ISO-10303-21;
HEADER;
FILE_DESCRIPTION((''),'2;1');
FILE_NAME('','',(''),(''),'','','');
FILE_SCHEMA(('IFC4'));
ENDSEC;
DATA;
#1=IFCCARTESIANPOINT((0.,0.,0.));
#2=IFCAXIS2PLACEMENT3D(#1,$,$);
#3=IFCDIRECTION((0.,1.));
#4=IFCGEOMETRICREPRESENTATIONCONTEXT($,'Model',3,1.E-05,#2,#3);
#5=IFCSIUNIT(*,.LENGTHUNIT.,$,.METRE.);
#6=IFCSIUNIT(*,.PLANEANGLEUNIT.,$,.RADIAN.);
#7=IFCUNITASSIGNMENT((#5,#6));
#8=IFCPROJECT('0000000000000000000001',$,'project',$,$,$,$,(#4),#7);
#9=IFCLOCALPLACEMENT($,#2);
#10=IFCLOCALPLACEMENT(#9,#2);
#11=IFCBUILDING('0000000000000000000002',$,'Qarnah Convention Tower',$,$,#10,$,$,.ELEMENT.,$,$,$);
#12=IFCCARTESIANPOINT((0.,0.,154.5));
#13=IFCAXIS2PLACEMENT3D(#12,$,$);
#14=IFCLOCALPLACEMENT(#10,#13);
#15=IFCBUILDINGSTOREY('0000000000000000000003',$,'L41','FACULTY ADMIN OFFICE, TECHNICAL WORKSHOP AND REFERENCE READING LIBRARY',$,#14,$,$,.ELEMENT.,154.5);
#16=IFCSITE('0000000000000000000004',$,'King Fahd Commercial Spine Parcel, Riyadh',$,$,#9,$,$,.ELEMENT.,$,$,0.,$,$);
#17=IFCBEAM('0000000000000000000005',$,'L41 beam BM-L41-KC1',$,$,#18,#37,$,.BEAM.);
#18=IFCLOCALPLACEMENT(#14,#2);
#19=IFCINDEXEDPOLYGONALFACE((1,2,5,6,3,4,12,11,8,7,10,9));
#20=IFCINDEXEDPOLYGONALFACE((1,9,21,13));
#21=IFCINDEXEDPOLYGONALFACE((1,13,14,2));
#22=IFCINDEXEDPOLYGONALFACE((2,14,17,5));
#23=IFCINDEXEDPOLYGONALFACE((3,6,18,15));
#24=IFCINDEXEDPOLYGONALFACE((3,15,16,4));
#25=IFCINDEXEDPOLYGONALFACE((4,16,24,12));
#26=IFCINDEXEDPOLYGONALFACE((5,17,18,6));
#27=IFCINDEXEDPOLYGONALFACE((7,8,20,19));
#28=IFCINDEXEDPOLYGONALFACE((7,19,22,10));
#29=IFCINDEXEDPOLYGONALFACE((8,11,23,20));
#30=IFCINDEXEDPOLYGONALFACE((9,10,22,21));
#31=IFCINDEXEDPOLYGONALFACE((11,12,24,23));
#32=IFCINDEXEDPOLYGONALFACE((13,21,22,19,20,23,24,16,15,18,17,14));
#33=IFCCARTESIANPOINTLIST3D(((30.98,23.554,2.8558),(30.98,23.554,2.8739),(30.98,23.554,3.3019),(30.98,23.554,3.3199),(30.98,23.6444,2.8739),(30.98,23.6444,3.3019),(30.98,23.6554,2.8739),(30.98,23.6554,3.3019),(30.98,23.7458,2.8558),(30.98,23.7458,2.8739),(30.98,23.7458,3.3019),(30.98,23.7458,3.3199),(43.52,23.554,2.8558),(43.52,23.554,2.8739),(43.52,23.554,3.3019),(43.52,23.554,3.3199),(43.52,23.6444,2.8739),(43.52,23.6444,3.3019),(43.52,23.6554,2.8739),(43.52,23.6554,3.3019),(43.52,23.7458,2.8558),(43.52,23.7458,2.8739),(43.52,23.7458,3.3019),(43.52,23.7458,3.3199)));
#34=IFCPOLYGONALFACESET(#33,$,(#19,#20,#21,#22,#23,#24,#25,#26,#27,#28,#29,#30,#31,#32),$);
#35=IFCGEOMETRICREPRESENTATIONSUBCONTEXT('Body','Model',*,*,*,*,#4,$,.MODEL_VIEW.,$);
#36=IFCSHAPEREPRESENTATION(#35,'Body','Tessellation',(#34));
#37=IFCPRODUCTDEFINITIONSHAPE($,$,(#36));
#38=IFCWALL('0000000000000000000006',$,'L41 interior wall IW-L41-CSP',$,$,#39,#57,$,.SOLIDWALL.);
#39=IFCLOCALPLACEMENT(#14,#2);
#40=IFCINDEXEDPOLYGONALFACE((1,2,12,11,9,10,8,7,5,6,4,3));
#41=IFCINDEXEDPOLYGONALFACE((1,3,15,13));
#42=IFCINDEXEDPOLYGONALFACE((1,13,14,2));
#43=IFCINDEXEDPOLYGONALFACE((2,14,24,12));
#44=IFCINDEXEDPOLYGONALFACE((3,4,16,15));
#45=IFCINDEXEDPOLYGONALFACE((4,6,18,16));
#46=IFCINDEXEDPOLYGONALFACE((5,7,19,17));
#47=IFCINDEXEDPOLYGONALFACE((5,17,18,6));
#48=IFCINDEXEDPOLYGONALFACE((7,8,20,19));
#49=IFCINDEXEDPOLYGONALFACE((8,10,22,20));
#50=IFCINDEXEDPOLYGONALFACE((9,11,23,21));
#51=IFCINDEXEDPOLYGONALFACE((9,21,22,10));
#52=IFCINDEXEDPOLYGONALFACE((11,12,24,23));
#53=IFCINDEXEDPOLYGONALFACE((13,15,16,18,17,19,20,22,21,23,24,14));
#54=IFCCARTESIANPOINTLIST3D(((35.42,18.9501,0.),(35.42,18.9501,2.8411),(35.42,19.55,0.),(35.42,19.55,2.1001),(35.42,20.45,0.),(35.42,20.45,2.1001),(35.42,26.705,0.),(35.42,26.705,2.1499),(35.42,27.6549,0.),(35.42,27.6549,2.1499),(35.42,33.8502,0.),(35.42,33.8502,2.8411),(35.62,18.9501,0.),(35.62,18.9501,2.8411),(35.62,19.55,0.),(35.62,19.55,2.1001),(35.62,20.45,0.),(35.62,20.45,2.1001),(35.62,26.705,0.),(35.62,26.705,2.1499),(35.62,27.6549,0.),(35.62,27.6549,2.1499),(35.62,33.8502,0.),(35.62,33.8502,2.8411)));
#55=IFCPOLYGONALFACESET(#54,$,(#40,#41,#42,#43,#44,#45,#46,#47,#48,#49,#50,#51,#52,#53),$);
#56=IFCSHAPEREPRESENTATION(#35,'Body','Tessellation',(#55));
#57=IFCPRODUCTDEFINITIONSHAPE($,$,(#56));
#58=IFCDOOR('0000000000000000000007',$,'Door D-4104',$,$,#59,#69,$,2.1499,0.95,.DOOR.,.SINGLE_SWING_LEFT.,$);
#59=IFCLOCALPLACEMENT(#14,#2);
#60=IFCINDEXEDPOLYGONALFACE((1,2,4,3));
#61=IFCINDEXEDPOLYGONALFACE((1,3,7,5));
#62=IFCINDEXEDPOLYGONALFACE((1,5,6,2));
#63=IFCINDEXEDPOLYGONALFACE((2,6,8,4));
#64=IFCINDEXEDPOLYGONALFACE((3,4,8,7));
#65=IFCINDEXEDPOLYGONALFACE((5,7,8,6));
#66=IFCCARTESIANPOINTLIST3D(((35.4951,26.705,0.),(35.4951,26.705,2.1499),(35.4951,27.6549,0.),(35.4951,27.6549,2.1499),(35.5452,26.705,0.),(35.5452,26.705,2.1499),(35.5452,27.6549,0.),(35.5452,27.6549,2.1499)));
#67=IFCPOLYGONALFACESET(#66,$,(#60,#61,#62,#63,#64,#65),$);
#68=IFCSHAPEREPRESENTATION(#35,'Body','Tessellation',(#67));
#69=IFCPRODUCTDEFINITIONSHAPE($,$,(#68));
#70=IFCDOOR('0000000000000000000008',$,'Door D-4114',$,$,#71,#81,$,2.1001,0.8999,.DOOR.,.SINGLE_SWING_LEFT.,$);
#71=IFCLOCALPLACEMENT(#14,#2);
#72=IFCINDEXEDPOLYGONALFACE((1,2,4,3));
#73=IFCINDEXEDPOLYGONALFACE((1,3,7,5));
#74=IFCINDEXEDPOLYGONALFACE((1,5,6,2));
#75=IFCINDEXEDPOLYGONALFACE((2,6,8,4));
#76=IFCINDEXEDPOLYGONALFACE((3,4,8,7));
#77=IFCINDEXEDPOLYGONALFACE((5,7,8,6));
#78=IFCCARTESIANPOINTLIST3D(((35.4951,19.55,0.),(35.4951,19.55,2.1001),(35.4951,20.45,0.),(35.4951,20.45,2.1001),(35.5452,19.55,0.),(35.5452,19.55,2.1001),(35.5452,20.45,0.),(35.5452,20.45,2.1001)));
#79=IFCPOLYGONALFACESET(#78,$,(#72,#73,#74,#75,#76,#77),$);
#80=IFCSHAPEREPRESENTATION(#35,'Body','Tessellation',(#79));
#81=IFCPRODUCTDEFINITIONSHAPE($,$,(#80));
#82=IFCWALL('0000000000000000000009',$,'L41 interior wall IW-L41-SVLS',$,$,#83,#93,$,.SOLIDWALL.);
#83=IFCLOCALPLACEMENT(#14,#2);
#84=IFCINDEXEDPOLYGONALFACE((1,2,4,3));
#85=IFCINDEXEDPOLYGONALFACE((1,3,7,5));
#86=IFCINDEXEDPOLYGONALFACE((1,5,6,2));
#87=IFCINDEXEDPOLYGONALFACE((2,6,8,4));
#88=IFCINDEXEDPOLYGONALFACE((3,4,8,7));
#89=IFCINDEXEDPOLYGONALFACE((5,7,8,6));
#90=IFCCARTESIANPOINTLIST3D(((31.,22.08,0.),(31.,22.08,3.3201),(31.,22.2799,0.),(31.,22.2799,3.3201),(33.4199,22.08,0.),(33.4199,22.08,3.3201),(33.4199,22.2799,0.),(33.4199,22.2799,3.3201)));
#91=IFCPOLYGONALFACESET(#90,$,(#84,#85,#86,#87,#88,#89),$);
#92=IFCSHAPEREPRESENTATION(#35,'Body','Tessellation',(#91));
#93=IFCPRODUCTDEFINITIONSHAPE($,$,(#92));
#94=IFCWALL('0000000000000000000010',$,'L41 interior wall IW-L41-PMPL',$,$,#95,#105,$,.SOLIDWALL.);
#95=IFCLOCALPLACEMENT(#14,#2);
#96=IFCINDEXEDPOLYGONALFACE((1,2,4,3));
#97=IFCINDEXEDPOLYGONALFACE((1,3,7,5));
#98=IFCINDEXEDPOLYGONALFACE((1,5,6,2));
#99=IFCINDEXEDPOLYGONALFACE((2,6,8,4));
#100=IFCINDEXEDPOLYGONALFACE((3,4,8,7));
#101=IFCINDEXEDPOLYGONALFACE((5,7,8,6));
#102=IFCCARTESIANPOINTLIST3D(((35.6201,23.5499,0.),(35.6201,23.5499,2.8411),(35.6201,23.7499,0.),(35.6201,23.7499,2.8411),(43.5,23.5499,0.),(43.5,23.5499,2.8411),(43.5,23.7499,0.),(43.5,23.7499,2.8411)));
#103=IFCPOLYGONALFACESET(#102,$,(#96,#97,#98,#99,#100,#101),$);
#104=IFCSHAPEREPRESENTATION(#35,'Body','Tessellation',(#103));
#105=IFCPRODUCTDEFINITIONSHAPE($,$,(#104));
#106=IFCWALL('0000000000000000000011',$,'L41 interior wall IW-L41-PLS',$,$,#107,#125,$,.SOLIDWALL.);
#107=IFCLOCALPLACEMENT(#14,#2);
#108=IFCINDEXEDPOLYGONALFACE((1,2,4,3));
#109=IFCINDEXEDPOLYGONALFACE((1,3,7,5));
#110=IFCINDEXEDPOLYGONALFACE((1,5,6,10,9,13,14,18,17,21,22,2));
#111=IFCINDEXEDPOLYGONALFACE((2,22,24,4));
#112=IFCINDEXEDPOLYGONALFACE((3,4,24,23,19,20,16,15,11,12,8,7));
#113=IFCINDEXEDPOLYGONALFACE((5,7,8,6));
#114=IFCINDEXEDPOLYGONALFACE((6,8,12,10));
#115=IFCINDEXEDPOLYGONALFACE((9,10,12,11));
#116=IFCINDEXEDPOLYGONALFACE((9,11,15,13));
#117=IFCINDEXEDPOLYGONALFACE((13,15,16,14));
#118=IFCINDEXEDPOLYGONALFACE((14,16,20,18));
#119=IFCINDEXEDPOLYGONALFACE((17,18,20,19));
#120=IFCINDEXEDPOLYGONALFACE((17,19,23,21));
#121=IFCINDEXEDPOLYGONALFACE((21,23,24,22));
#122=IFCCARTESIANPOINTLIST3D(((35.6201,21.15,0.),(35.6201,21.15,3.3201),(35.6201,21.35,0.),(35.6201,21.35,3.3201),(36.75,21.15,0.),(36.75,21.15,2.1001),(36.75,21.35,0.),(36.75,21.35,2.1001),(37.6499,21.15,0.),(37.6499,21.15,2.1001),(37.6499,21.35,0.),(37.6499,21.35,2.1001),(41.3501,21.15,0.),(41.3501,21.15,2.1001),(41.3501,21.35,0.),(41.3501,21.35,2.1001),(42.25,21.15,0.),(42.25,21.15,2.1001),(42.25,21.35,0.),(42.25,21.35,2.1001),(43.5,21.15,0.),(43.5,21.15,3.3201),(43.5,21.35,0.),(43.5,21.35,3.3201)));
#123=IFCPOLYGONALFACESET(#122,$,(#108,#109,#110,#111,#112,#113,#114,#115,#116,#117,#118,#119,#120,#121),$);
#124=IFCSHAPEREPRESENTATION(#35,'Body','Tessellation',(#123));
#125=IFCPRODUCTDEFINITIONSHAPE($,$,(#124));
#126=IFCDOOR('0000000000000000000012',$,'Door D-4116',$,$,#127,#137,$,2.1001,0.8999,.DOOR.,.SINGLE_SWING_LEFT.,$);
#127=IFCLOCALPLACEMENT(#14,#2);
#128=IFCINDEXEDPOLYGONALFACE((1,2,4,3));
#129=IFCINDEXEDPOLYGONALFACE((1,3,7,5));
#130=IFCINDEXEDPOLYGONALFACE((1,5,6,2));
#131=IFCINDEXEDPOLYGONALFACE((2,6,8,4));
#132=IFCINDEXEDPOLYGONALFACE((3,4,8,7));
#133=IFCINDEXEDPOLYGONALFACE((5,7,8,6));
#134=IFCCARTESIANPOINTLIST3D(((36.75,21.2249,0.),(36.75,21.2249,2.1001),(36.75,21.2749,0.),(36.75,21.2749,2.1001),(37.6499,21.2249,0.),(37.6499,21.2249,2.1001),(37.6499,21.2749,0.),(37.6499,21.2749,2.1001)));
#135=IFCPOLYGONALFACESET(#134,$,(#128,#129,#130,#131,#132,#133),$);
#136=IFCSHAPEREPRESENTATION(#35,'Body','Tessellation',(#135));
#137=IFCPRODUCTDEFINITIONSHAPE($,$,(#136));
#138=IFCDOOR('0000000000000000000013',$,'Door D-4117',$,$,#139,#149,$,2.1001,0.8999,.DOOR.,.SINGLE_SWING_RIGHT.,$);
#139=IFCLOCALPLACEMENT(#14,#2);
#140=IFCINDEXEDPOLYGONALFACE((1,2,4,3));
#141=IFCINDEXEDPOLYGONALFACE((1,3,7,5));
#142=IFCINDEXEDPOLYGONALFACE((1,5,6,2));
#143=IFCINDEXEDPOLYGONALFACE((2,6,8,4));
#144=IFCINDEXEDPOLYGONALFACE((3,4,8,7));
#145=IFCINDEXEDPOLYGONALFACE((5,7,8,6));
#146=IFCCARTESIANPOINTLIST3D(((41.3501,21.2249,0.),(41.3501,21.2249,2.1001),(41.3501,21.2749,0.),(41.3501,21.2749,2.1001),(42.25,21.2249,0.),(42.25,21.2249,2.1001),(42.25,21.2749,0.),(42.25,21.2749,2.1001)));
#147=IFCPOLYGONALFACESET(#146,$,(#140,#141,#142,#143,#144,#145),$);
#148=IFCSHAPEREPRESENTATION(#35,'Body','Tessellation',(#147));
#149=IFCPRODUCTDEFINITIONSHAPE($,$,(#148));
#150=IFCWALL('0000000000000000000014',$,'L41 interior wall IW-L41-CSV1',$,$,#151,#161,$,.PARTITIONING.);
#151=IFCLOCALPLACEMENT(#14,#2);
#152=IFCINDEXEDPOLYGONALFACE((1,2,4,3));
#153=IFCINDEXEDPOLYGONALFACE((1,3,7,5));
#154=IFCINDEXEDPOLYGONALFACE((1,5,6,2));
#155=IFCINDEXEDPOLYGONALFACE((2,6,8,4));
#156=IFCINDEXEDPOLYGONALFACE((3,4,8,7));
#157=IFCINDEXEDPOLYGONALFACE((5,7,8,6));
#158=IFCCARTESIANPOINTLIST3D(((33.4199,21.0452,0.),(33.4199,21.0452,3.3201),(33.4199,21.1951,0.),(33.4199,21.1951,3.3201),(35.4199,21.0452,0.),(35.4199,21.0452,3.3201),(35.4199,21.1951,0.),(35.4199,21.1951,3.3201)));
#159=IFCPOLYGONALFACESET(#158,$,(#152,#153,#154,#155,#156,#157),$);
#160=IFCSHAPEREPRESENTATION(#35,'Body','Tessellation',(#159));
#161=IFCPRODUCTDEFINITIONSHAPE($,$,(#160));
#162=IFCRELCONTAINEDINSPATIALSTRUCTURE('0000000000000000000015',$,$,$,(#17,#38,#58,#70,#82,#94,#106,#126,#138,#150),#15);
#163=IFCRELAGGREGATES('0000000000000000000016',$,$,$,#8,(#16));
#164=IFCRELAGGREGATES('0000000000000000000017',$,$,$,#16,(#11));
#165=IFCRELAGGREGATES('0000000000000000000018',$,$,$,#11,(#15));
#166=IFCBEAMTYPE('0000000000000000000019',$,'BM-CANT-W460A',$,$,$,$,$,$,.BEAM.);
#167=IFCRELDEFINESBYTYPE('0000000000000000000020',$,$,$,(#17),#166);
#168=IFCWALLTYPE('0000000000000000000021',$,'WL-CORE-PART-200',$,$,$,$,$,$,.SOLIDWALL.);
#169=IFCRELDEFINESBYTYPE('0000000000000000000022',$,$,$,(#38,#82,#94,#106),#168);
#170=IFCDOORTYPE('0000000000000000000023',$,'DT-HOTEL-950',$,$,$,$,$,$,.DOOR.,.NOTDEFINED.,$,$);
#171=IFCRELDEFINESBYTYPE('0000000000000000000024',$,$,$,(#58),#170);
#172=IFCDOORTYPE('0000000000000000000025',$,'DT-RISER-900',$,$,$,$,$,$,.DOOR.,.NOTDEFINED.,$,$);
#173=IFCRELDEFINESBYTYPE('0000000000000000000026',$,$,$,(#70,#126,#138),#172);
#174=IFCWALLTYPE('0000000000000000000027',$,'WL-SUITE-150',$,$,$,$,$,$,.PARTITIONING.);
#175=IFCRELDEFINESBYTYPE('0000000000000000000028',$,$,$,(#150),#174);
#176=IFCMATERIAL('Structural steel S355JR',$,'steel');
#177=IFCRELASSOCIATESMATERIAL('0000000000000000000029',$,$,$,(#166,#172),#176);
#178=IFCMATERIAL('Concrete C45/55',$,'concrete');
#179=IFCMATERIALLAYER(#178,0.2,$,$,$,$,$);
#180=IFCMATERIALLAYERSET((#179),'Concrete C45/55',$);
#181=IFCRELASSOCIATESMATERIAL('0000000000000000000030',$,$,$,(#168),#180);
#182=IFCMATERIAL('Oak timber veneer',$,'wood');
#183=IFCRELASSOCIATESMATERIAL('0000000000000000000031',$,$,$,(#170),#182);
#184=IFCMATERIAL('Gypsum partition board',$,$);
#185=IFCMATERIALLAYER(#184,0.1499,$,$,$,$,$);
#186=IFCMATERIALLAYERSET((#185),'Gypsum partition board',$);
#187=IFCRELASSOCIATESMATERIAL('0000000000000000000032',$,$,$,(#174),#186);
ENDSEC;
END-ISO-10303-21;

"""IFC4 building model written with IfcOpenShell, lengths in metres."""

from ifc_helpers import new_model, si_unit, direction, frame, frame_2d, origin, origin_2d, place, context, subcontext, project, spatial, rectangle, i_section, extrude, material, layer, layer_set, material_profile, profile_set, type_object, element, fill, save


model = new_model("IFC4")

# Units and contexts
model_context = context("Model", 3, precision=1e-05, world=origin(), true_north=direction((0.0, 1.0)))
body_context = subcontext(model_context, "Body", "Model", "MODEL_VIEW")
ifc_project = project(units=[si_unit("LENGTHUNIT", "METRE"), si_unit("PLANEANGLEUNIT", "RADIAN")], contexts=[model_context])

# Site, building, storey
site_placement = place(None, origin())
site = spatial("IfcSite", under=ifc_project, at=site_placement, Name="King Fahd Commercial Spine Parcel, Riyadh", CompositionType="ELEMENT", RefElevation=0.0)
building_placement = place(site_placement, origin())
building = spatial("IfcBuilding", under=site, at=building_placement, Name="Qarnah Convention Tower", CompositionType="ELEMENT")
storey_placement = place(building_placement, frame((0.0, 0.0, 154.5)))
storey = spatial("IfcBuildingStorey", under=building, at=storey_placement, Name="L41", Description="FACULTY ADMIN OFFICE, TECHNICAL WORKSHOP AND REFERENCE READING LIBRARY", CompositionType="ELEMENT", Elevation=154.5)

# Beam
ifc_material_1 = material(Name="Structural steel S355JR", Category="steel")
ifc_material_profile = material_profile(ifc_material_1, i_section(OverallWidth=0.1919, OverallDepth=0.4641, WebThickness=0.011, FlangeThickness=0.0181, at=origin_2d()), Name="W460X89")
ifc_profile_set = profile_set([ifc_material_profile], Name="Structural steel S355JR")
beam_type = type_object("IfcBeamType", Name="BM-CANT-W460A", PredefinedType="BEAM", material=ifc_profile_set)
beam_placement = place(storey_placement, frame((30.98, 23.6499, 3.0879), z_axis=(1.0, 0.0, 0.0), x_axis=(0.0, 1.0, 0.0)))
element("IfcBeam", 1, at=beam_placement, inside=storey, type_object=beam_type, Name="L41 beam BM-L41-KC1", PredefinedType="BEAM", context=body_context, shape_type="SweptSolid", body=[
    extrude(i_section(OverallWidth=0.1919, OverallDepth=0.4641, WebThickness=0.011, FlangeThickness=0.0181, at=origin_2d()), origin(), (0.0, 0.0, 1.0), 12.54),
])

# Wall, openings, doors
ifc_material_2 = material(Name="Concrete C45/55", Category="concrete")
ifc_layer_1 = layer(ifc_material_2, 0.2)
ifc_layer_set_1 = layer_set([ifc_layer_1], Name="Concrete C45/55")
wall_type_1 = type_object("IfcWallType", Name="WL-CORE-PART-200", PredefinedType="SOLIDWALL", material=ifc_layer_set_1)
wall_1_placement = place(storey_placement, frame((35.52, 18.95, 0.0), z_axis=(0.0, 0.0, 1.0), x_axis=(0.0, 1.0, 0.0)))
wall_1 = element("IfcWall", 2, at=wall_1_placement, inside=storey, type_object=wall_type_1, Name="L41 interior wall IW-L41-CSP", PredefinedType="SOLIDWALL", context=body_context, shape_type="SweptSolid", body=[
    extrude(rectangle(XDim=14.9001, YDim=0.2, at=frame_2d((7.4502, 0.0))), origin(), (0.0, 0.0, 1.0), 2.8411),
])
opening_1_placement = place(wall_1_placement, frame((7.7549, 0.0, 0.0)))
opening_1 = element("IfcOpeningElement", 3, at=opening_1_placement, cuts=wall_1, PredefinedType="OPENING", context=body_context, shape_type="SweptSolid", body=[
    extrude(rectangle(XDim=0.95, YDim=2.1499, at=frame_2d((0.4751, 1.075))), frame((0.0, 0.1099, 0.0), z_axis=(0.0, -1.0, 0.0), x_axis=(1.0, 0.0, 0.0)), (0.0, 0.0, 1.0), 0.22),
])
opening_2_placement = place(wall_1_placement, frame((0.6001, 0.0, 0.0)))
opening_2 = element("IfcOpeningElement", 4, at=opening_2_placement, cuts=wall_1, PredefinedType="OPENING", context=body_context, shape_type="SweptSolid", body=[
    extrude(rectangle(XDim=0.8999, YDim=2.1001, at=frame_2d((0.45, 1.05))), frame((0.0, 0.1099, 0.0), z_axis=(0.0, -1.0, 0.0), x_axis=(1.0, 0.0, 0.0)), (0.0, 0.0, 1.0), 0.22),
])
ifc_material_3 = material(Name="Oak timber veneer", Category="wood")
door_type_1 = type_object("IfcDoorType", Name="DT-HOTEL-950", OperationType="NOTDEFINED", PredefinedType="DOOR", material=ifc_material_3)
door_1_placement = place(opening_1_placement, origin())
door_1 = element("IfcDoor", 5, at=door_1_placement, inside=storey, type_object=door_type_1, Name="Door D-4104", OperationType="SINGLE_SWING_LEFT", OverallHeight=2.1499, OverallWidth=0.95, PredefinedType="DOOR", context=body_context, shape_type="SweptSolid", body=[
    extrude(rectangle(XDim=0.95, YDim=2.1499, at=frame_2d((0.4751, 1.075))), frame((0.0, 0.0249, 0.0), z_axis=(0.0, -1.0, 0.0), x_axis=(1.0, 0.0, 0.0)), (0.0, 0.0, 1.0), 0.05),
])
fill(opening_1, door_1)
door_type_2 = type_object("IfcDoorType", Name="DT-RISER-900", OperationType="NOTDEFINED", PredefinedType="DOOR", material=ifc_material_1)
door_2_placement = place(opening_2_placement, origin())
door_2 = element("IfcDoor", 6, at=door_2_placement, inside=storey, type_object=door_type_2, Name="Door D-4114", OperationType="SINGLE_SWING_LEFT", OverallHeight=2.1001, OverallWidth=0.8999, PredefinedType="DOOR", context=body_context, shape_type="SweptSolid", body=[
    extrude(rectangle(XDim=0.8999, YDim=2.1001, at=frame_2d((0.45, 1.05))), frame((0.0, 0.0249, 0.0), z_axis=(0.0, -1.0, 0.0), x_axis=(1.0, 0.0, 0.0)), (0.0, 0.0, 1.0), 0.05),
])
fill(opening_2, door_2)

# Walls
wall_2_placement = place(storey_placement, frame((31.0, 22.1799, 0.0), z_axis=(0.0, 0.0, 1.0), x_axis=(1.0, 0.0, 0.0)))
element("IfcWall", 7, at=wall_2_placement, inside=storey, type_object=wall_type_1, Name="L41 interior wall IW-L41-SVLS", PredefinedType="SOLIDWALL", context=body_context, shape_type="SweptSolid", body=[
    extrude(rectangle(XDim=2.4199, YDim=0.2, at=frame_2d((1.21, 0.0))), origin(), (0.0, 0.0, 1.0), 3.3201),
])
wall_3_placement = place(storey_placement, frame((35.6201, 23.6499, 0.0), z_axis=(0.0, 0.0, 1.0), x_axis=(1.0, 0.0, 0.0)))
element("IfcWall", 8, at=wall_3_placement, inside=storey, type_object=wall_type_1, Name="L41 interior wall IW-L41-PMPL", PredefinedType="SOLIDWALL", context=body_context, shape_type="SweptSolid", body=[
    extrude(rectangle(XDim=7.8799, YDim=0.2, at=frame_2d((3.9399, 0.0))), origin(), (0.0, 0.0, 1.0), 2.8411),
])

# Wall, openings, doors
wall_4_placement = place(storey_placement, frame((35.6201, 21.25, 0.0), z_axis=(0.0, 0.0, 1.0), x_axis=(1.0, 0.0, 0.0)))
wall_4 = element("IfcWall", 9, at=wall_4_placement, inside=storey, type_object=wall_type_1, Name="L41 interior wall IW-L41-PLS", PredefinedType="SOLIDWALL", context=body_context, shape_type="SweptSolid", body=[
    extrude(rectangle(XDim=7.8799, YDim=0.2, at=frame_2d((3.9399, 0.0))), origin(), (0.0, 0.0, 1.0), 3.3201),
])
opening_3_placement = place(wall_4_placement, frame((1.1299, 0.0, 0.0)))
opening_3 = element("IfcOpeningElement", 10, at=opening_3_placement, cuts=wall_4, PredefinedType="OPENING", context=body_context, shape_type="SweptSolid", body=[
    extrude(rectangle(XDim=0.8999, YDim=2.1001, at=frame_2d((0.45, 1.05))), frame((0.0, 0.1099, 0.0), z_axis=(0.0, -1.0, 0.0), x_axis=(1.0, 0.0, 0.0)), (0.0, 0.0, 1.0), 0.22),
])
opening_4_placement = place(wall_4_placement, frame((5.73, 0.0, 0.0)))
opening_4 = element("IfcOpeningElement", 11, at=opening_4_placement, cuts=wall_4, PredefinedType="OPENING", context=body_context, shape_type="SweptSolid", body=[
    extrude(rectangle(XDim=0.8999, YDim=2.1001, at=frame_2d((0.45, 1.05))), frame((0.0, 0.1099, 0.0), z_axis=(0.0, -1.0, 0.0), x_axis=(1.0, 0.0, 0.0)), (0.0, 0.0, 1.0), 0.22),
])
door_3_placement = place(opening_3_placement, origin())
door_3 = element("IfcDoor", 12, at=door_3_placement, inside=storey, type_object=door_type_2, Name="Door D-4116", OperationType="SINGLE_SWING_LEFT", OverallHeight=2.1001, OverallWidth=0.8999, PredefinedType="DOOR", context=body_context, shape_type="SweptSolid", body=[
    extrude(rectangle(XDim=0.8999, YDim=2.1001, at=frame_2d((0.45, 1.05))), frame((0.0, 0.0249, 0.0), z_axis=(0.0, -1.0, 0.0), x_axis=(1.0, 0.0, 0.0)), (0.0, 0.0, 1.0), 0.05),
])
fill(opening_3, door_3)
door_4_placement = place(opening_4_placement, origin())
door_4 = element("IfcDoor", 13, at=door_4_placement, inside=storey, type_object=door_type_2, Name="Door D-4117", OperationType="SINGLE_SWING_RIGHT", OverallHeight=2.1001, OverallWidth=0.8999, PredefinedType="DOOR", context=body_context, shape_type="SweptSolid", body=[
    extrude(rectangle(XDim=0.8999, YDim=2.1001, at=frame_2d((0.45, 1.05))), frame((0.0, 0.0249, 0.0), z_axis=(0.0, -1.0, 0.0), x_axis=(1.0, 0.0, 0.0)), (0.0, 0.0, 1.0), 0.05),
])
fill(opening_4, door_4)

# Wall
ifc_material_4 = material(Name="Gypsum partition board")
ifc_layer_2 = layer(ifc_material_4, 0.1499)
ifc_layer_set_2 = layer_set([ifc_layer_2], Name="Gypsum partition board")
wall_type_2 = type_object("IfcWallType", Name="WL-SUITE-150", PredefinedType="PARTITIONING", material=ifc_layer_set_2)
wall_5_placement = place(storey_placement, frame((33.4199, 21.1201, 0.0), z_axis=(0.0, 0.0, 1.0), x_axis=(1.0, 0.0, 0.0)))
element("IfcWall", 14, at=wall_5_placement, inside=storey, type_object=wall_type_2, Name="L41 interior wall IW-L41-CSV1", PredefinedType="PARTITIONING", context=body_context, shape_type="SweptSolid", body=[
    extrude(rectangle(XDim=2.0, YDim=0.1499, at=frame_2d((1.0, 0.0))), origin(), (0.0, 0.0, 1.0), 3.3201),
])

save(model, "model.ifc")
